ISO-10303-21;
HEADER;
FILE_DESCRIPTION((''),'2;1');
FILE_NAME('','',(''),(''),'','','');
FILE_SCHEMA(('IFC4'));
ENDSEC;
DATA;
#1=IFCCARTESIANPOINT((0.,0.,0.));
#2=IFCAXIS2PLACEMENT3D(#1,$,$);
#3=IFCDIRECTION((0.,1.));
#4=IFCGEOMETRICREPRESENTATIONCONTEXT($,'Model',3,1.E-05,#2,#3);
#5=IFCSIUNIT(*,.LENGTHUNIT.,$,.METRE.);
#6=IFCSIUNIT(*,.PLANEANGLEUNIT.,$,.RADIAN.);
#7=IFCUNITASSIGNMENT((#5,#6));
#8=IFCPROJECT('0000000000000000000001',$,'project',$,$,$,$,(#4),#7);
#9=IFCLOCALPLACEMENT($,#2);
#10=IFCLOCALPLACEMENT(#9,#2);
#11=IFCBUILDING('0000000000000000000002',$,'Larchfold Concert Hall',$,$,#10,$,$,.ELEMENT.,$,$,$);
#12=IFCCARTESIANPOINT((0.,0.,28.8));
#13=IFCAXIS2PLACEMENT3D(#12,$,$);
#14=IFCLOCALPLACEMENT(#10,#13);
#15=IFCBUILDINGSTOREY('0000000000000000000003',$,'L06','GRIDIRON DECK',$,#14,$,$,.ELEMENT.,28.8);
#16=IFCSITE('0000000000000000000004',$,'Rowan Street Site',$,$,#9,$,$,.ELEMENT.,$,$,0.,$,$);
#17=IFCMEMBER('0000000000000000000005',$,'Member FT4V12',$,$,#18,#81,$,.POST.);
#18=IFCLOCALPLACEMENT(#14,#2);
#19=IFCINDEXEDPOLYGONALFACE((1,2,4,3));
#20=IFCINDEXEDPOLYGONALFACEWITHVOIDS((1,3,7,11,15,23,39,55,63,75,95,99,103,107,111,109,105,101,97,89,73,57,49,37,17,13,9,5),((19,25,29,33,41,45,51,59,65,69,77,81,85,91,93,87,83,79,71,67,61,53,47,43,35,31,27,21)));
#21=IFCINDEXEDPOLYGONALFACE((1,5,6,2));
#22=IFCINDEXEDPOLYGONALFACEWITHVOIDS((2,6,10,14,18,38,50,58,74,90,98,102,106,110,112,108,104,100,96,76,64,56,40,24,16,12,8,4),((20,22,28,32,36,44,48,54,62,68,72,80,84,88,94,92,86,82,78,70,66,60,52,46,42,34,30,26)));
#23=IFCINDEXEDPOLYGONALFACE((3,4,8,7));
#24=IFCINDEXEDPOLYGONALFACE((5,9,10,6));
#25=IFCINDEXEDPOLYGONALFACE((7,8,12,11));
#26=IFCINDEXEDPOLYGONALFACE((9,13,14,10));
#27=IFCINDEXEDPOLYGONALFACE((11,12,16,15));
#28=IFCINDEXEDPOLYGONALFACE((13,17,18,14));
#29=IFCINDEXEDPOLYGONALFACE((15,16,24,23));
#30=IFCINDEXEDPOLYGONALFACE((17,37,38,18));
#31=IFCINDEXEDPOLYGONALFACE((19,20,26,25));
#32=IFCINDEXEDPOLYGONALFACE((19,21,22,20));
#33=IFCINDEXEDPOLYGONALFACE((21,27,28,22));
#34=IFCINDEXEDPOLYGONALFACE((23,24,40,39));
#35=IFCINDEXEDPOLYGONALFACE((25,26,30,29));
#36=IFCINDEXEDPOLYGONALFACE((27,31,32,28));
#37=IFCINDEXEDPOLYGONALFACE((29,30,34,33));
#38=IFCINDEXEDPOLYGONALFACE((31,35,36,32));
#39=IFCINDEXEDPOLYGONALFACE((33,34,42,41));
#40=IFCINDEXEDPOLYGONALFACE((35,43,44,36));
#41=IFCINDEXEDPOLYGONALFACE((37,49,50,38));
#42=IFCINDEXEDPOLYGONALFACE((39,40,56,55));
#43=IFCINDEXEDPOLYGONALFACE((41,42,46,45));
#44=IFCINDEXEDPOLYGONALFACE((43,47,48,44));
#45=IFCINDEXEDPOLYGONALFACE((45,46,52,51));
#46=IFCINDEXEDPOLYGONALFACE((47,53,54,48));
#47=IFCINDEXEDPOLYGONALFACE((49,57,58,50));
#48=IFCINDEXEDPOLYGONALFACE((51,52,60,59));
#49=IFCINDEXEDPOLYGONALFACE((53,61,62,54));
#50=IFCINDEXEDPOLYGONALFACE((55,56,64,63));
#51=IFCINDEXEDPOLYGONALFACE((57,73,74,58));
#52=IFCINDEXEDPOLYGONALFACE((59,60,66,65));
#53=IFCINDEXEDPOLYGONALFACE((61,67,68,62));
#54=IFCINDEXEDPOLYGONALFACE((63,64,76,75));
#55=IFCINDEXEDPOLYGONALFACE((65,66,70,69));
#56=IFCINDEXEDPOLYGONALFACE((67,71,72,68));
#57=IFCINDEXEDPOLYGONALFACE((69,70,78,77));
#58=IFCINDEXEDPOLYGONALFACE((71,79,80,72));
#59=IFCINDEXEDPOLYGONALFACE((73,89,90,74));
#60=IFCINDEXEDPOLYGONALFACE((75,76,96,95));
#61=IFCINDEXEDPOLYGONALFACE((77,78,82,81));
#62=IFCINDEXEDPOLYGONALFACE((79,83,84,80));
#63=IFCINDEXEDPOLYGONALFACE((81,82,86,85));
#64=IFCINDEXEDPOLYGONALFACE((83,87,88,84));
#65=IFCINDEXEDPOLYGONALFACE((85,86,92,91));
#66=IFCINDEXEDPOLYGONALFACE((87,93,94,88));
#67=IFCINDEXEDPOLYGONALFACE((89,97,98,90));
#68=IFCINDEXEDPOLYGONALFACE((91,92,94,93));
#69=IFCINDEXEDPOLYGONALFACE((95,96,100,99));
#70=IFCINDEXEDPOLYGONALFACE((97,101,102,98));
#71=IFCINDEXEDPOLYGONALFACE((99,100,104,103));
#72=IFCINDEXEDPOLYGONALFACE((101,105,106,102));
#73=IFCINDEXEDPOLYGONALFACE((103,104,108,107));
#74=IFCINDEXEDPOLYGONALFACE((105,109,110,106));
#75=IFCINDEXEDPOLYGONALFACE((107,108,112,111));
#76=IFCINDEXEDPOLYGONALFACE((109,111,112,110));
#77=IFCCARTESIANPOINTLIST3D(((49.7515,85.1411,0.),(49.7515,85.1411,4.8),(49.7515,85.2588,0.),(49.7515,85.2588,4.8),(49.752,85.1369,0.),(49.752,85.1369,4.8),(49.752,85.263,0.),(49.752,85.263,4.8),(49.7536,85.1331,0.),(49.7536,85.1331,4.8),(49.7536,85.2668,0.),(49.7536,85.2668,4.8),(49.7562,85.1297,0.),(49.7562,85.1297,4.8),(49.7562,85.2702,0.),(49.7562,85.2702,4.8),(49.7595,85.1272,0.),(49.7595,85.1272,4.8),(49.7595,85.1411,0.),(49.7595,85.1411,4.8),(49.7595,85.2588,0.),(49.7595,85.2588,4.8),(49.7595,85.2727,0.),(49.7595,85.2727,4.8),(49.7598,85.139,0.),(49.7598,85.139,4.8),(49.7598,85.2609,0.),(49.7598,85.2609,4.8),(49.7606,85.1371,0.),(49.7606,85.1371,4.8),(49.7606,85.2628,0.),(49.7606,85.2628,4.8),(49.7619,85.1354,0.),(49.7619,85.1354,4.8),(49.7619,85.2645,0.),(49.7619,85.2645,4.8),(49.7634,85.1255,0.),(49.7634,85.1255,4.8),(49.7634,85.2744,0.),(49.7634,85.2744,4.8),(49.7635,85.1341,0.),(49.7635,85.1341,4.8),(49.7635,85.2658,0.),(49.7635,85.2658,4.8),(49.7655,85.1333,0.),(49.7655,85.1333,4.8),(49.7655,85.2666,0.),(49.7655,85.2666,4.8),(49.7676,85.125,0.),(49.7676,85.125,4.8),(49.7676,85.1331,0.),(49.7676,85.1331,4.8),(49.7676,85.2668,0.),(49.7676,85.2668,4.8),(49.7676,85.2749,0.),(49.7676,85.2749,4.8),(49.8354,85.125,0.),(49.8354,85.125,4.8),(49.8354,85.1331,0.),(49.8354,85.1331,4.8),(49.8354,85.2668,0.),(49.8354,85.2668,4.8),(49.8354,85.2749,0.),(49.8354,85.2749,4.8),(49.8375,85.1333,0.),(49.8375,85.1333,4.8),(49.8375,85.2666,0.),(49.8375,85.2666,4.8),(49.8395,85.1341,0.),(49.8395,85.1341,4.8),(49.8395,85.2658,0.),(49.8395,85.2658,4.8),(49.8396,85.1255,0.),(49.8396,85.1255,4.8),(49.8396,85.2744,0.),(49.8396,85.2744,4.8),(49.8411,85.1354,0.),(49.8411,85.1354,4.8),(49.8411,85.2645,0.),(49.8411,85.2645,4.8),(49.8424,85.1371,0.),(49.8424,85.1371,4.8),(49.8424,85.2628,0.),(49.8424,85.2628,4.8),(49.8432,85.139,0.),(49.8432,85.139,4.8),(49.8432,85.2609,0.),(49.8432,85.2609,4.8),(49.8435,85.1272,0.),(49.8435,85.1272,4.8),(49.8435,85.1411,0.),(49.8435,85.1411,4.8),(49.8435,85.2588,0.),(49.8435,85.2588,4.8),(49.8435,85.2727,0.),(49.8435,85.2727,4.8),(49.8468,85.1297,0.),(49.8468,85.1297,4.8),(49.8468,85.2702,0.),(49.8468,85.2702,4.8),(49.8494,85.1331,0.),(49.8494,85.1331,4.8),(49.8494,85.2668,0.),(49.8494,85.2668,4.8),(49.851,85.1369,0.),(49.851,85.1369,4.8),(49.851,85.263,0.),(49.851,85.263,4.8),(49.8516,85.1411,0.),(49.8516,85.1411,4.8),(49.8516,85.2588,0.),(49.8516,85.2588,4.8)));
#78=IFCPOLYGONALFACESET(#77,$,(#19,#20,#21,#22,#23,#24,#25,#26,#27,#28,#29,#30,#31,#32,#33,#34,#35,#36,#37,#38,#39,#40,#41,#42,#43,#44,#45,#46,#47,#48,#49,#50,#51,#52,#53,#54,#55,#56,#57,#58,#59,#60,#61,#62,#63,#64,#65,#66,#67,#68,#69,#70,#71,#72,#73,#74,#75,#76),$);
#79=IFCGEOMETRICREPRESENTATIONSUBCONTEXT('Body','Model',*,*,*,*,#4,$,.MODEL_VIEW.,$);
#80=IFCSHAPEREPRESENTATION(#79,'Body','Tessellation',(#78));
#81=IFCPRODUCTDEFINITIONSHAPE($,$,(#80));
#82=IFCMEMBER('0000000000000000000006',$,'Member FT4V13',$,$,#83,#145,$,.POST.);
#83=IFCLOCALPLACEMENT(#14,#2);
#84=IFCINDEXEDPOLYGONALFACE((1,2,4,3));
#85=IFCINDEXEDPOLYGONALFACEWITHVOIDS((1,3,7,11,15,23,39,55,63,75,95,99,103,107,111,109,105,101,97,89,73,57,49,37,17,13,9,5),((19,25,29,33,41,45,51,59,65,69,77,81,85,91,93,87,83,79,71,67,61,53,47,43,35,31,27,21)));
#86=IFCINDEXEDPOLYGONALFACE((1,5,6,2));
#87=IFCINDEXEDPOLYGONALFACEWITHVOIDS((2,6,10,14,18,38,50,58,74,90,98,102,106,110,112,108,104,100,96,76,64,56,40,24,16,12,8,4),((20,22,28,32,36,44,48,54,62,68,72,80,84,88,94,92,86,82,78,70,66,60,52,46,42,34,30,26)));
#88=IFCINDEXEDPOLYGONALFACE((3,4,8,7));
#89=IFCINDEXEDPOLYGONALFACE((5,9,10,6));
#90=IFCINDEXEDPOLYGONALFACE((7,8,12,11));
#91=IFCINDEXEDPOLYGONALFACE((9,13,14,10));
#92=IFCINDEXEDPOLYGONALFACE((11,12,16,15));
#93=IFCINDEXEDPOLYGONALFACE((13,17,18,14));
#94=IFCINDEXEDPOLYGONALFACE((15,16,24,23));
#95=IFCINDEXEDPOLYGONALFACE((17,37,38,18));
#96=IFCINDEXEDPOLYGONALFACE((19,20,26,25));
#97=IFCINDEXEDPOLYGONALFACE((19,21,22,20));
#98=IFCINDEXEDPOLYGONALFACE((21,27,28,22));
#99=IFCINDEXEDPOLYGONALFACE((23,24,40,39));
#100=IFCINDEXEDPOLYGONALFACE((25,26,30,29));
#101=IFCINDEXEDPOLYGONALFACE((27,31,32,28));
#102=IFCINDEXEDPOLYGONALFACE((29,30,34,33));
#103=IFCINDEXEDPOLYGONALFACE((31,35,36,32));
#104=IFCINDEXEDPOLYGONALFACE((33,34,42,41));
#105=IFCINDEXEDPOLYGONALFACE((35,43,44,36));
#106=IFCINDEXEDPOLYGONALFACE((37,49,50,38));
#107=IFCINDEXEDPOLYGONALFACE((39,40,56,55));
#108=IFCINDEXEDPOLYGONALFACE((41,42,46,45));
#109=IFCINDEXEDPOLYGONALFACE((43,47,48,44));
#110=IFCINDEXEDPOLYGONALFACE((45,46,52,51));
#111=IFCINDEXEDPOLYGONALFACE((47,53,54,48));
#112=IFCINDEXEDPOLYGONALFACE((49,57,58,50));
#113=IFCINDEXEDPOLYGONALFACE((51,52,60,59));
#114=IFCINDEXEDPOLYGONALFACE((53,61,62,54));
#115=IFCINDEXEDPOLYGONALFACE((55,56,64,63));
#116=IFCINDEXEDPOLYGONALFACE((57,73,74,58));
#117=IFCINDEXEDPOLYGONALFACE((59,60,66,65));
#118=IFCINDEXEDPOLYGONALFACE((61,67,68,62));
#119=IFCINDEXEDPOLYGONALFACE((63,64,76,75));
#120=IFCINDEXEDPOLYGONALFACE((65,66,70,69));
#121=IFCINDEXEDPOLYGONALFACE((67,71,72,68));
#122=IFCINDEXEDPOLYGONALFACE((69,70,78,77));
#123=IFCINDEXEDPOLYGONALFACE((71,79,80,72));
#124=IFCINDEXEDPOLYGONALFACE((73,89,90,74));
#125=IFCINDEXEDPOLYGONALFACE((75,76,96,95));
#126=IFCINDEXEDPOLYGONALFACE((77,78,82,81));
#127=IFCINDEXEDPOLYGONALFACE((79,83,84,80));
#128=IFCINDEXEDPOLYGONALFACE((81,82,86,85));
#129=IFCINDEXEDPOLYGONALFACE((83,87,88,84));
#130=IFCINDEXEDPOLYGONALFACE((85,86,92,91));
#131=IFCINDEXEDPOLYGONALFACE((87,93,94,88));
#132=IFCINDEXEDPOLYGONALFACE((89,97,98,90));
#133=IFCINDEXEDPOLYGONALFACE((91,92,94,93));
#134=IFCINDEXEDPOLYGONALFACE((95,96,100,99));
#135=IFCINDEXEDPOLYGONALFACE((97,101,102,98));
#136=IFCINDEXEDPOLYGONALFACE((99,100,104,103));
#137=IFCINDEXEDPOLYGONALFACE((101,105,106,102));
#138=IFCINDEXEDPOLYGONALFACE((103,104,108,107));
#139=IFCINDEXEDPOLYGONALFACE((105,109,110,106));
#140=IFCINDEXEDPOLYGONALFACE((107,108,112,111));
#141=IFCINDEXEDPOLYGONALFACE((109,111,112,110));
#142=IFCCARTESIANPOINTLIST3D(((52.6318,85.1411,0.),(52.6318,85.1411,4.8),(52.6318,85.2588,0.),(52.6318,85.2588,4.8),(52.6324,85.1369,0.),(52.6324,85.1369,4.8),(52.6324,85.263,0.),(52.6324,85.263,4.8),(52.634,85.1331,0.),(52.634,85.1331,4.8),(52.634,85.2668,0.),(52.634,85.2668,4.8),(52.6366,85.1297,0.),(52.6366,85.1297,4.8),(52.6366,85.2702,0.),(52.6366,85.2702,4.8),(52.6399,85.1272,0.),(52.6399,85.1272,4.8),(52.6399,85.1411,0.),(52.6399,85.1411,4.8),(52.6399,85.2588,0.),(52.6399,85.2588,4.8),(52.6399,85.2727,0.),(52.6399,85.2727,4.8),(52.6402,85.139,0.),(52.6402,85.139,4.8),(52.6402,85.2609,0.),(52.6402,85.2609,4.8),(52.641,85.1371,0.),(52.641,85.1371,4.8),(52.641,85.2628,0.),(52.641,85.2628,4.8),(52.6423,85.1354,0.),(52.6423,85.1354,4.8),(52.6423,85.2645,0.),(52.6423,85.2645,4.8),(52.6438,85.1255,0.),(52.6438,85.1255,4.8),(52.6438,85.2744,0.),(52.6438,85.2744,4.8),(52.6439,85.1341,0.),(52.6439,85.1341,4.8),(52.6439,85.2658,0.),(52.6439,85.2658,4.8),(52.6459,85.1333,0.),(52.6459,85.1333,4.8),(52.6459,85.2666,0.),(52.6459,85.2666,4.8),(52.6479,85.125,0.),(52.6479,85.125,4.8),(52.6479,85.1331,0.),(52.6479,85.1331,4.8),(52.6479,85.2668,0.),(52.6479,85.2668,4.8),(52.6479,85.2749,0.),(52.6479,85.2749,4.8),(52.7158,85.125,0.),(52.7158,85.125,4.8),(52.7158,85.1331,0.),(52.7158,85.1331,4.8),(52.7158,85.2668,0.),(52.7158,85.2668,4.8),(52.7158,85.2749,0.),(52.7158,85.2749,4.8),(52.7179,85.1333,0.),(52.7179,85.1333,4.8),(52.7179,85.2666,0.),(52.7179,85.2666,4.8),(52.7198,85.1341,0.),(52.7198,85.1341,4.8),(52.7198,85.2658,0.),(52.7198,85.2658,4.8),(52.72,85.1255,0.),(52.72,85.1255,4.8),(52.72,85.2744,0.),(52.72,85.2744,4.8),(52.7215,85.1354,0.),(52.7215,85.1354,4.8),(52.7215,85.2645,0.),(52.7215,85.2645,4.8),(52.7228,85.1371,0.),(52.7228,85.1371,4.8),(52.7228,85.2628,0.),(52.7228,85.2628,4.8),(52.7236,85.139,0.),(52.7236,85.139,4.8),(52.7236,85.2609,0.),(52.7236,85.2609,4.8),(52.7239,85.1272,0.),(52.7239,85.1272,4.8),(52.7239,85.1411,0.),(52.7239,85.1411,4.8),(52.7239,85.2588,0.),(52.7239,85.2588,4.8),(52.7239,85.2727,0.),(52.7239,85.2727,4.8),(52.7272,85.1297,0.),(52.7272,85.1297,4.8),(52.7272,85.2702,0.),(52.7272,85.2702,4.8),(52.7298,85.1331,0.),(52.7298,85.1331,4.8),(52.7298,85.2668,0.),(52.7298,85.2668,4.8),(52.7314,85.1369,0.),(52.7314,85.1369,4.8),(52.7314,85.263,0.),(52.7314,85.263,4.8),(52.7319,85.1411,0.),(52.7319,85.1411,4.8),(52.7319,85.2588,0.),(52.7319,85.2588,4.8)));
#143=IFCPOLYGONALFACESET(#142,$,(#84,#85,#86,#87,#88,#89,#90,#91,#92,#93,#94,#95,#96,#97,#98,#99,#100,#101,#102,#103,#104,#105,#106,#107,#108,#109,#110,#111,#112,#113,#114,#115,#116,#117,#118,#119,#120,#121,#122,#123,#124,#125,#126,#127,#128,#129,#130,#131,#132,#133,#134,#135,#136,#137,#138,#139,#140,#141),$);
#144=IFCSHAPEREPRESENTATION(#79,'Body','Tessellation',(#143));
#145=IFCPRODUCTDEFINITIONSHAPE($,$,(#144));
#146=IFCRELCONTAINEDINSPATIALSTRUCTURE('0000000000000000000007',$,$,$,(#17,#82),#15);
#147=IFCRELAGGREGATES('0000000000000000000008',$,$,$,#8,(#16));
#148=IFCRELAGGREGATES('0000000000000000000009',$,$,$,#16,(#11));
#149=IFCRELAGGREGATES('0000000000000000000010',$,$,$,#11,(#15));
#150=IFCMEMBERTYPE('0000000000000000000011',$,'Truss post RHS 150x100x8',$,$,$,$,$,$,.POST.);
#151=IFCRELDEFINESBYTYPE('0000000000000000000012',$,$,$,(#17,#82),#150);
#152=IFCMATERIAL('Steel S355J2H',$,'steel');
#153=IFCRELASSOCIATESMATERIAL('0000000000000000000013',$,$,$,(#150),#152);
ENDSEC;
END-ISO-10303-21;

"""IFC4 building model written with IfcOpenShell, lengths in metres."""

from ifc_helpers import new_model, si_unit, direction, frame, origin, origin_2d, place, context, subcontext, project, spatial, hollow_rectangle, extrude, material, material_profile, profile_set, type_object, element, save


model = new_model("IFC4")

# Units and contexts
model_context = context("Model", 3, precision=1e-05, world=origin(), true_north=direction((0.0, 1.0)))
body_context = subcontext(model_context, "Body", "Model", "MODEL_VIEW")
ifc_project = project(units=[si_unit("LENGTHUNIT", "METRE"), si_unit("PLANEANGLEUNIT", "RADIAN")], contexts=[model_context])

# Site, building, storey
site_placement = place(None, origin())
site = spatial("IfcSite", under=ifc_project, at=site_placement, Name="Rowan Street Site", CompositionType="ELEMENT", RefElevation=0.0)
building_placement = place(site_placement, origin())
building = spatial("IfcBuilding", under=site, at=building_placement, Name="Larchfold Concert Hall", CompositionType="ELEMENT")
storey_placement = place(building_placement, frame((0.0, 0.0, 28.8)))
storey = spatial("IfcBuildingStorey", under=building, at=storey_placement, Name="L06", Description="GRIDIRON DECK", CompositionType="ELEMENT", Elevation=28.8)

# Members
ifc_material_1 = material(Name="Steel S355J2H", Category="steel")
ifc_material_profile_1 = material_profile(ifc_material_1, hollow_rectangle(XDim=0.1001, YDim=0.1499, WallThickness=0.0081, InnerFilletRadius=0.0081, OuterFilletRadius=0.0161, at=origin_2d()))
ifc_profile_set_1 = profile_set([ifc_material_profile_1], Name="Steel S355J2H")
member_type_1 = type_object("IfcMemberType", Name="Truss post RHS 150x100x8", PredefinedType="POST", material=ifc_profile_set_1)
for number, where, z_axis, x_axis, name in (
    (1, (49.8015, 85.2, 4.8), (0.0, 0.0, -1.0), (1.0, 0.0, 0.0), "Member FT4V12"),
    (2, (52.6819, 85.2, 4.8), (0.0, 0.0, -1.0), (1.0, 0.0, 0.0), "Member FT4V13"),
):
    element("IfcMember", number, at=place(storey_placement, frame(where, z_axis=z_axis, x_axis=x_axis)), inside=storey, type_object=member_type_1, Name=name, PredefinedType="POST", context=body_context, shape_type="SweptSolid", body=[
        extrude(hollow_rectangle(XDim=0.1001, YDim=0.1499, WallThickness=0.0081, InnerFilletRadius=0.0081, OuterFilletRadius=0.0161, at=origin_2d()), origin(), (0.0, 0.0, 1.0), 4.8),
    ])

save(model, "model.ifc")
